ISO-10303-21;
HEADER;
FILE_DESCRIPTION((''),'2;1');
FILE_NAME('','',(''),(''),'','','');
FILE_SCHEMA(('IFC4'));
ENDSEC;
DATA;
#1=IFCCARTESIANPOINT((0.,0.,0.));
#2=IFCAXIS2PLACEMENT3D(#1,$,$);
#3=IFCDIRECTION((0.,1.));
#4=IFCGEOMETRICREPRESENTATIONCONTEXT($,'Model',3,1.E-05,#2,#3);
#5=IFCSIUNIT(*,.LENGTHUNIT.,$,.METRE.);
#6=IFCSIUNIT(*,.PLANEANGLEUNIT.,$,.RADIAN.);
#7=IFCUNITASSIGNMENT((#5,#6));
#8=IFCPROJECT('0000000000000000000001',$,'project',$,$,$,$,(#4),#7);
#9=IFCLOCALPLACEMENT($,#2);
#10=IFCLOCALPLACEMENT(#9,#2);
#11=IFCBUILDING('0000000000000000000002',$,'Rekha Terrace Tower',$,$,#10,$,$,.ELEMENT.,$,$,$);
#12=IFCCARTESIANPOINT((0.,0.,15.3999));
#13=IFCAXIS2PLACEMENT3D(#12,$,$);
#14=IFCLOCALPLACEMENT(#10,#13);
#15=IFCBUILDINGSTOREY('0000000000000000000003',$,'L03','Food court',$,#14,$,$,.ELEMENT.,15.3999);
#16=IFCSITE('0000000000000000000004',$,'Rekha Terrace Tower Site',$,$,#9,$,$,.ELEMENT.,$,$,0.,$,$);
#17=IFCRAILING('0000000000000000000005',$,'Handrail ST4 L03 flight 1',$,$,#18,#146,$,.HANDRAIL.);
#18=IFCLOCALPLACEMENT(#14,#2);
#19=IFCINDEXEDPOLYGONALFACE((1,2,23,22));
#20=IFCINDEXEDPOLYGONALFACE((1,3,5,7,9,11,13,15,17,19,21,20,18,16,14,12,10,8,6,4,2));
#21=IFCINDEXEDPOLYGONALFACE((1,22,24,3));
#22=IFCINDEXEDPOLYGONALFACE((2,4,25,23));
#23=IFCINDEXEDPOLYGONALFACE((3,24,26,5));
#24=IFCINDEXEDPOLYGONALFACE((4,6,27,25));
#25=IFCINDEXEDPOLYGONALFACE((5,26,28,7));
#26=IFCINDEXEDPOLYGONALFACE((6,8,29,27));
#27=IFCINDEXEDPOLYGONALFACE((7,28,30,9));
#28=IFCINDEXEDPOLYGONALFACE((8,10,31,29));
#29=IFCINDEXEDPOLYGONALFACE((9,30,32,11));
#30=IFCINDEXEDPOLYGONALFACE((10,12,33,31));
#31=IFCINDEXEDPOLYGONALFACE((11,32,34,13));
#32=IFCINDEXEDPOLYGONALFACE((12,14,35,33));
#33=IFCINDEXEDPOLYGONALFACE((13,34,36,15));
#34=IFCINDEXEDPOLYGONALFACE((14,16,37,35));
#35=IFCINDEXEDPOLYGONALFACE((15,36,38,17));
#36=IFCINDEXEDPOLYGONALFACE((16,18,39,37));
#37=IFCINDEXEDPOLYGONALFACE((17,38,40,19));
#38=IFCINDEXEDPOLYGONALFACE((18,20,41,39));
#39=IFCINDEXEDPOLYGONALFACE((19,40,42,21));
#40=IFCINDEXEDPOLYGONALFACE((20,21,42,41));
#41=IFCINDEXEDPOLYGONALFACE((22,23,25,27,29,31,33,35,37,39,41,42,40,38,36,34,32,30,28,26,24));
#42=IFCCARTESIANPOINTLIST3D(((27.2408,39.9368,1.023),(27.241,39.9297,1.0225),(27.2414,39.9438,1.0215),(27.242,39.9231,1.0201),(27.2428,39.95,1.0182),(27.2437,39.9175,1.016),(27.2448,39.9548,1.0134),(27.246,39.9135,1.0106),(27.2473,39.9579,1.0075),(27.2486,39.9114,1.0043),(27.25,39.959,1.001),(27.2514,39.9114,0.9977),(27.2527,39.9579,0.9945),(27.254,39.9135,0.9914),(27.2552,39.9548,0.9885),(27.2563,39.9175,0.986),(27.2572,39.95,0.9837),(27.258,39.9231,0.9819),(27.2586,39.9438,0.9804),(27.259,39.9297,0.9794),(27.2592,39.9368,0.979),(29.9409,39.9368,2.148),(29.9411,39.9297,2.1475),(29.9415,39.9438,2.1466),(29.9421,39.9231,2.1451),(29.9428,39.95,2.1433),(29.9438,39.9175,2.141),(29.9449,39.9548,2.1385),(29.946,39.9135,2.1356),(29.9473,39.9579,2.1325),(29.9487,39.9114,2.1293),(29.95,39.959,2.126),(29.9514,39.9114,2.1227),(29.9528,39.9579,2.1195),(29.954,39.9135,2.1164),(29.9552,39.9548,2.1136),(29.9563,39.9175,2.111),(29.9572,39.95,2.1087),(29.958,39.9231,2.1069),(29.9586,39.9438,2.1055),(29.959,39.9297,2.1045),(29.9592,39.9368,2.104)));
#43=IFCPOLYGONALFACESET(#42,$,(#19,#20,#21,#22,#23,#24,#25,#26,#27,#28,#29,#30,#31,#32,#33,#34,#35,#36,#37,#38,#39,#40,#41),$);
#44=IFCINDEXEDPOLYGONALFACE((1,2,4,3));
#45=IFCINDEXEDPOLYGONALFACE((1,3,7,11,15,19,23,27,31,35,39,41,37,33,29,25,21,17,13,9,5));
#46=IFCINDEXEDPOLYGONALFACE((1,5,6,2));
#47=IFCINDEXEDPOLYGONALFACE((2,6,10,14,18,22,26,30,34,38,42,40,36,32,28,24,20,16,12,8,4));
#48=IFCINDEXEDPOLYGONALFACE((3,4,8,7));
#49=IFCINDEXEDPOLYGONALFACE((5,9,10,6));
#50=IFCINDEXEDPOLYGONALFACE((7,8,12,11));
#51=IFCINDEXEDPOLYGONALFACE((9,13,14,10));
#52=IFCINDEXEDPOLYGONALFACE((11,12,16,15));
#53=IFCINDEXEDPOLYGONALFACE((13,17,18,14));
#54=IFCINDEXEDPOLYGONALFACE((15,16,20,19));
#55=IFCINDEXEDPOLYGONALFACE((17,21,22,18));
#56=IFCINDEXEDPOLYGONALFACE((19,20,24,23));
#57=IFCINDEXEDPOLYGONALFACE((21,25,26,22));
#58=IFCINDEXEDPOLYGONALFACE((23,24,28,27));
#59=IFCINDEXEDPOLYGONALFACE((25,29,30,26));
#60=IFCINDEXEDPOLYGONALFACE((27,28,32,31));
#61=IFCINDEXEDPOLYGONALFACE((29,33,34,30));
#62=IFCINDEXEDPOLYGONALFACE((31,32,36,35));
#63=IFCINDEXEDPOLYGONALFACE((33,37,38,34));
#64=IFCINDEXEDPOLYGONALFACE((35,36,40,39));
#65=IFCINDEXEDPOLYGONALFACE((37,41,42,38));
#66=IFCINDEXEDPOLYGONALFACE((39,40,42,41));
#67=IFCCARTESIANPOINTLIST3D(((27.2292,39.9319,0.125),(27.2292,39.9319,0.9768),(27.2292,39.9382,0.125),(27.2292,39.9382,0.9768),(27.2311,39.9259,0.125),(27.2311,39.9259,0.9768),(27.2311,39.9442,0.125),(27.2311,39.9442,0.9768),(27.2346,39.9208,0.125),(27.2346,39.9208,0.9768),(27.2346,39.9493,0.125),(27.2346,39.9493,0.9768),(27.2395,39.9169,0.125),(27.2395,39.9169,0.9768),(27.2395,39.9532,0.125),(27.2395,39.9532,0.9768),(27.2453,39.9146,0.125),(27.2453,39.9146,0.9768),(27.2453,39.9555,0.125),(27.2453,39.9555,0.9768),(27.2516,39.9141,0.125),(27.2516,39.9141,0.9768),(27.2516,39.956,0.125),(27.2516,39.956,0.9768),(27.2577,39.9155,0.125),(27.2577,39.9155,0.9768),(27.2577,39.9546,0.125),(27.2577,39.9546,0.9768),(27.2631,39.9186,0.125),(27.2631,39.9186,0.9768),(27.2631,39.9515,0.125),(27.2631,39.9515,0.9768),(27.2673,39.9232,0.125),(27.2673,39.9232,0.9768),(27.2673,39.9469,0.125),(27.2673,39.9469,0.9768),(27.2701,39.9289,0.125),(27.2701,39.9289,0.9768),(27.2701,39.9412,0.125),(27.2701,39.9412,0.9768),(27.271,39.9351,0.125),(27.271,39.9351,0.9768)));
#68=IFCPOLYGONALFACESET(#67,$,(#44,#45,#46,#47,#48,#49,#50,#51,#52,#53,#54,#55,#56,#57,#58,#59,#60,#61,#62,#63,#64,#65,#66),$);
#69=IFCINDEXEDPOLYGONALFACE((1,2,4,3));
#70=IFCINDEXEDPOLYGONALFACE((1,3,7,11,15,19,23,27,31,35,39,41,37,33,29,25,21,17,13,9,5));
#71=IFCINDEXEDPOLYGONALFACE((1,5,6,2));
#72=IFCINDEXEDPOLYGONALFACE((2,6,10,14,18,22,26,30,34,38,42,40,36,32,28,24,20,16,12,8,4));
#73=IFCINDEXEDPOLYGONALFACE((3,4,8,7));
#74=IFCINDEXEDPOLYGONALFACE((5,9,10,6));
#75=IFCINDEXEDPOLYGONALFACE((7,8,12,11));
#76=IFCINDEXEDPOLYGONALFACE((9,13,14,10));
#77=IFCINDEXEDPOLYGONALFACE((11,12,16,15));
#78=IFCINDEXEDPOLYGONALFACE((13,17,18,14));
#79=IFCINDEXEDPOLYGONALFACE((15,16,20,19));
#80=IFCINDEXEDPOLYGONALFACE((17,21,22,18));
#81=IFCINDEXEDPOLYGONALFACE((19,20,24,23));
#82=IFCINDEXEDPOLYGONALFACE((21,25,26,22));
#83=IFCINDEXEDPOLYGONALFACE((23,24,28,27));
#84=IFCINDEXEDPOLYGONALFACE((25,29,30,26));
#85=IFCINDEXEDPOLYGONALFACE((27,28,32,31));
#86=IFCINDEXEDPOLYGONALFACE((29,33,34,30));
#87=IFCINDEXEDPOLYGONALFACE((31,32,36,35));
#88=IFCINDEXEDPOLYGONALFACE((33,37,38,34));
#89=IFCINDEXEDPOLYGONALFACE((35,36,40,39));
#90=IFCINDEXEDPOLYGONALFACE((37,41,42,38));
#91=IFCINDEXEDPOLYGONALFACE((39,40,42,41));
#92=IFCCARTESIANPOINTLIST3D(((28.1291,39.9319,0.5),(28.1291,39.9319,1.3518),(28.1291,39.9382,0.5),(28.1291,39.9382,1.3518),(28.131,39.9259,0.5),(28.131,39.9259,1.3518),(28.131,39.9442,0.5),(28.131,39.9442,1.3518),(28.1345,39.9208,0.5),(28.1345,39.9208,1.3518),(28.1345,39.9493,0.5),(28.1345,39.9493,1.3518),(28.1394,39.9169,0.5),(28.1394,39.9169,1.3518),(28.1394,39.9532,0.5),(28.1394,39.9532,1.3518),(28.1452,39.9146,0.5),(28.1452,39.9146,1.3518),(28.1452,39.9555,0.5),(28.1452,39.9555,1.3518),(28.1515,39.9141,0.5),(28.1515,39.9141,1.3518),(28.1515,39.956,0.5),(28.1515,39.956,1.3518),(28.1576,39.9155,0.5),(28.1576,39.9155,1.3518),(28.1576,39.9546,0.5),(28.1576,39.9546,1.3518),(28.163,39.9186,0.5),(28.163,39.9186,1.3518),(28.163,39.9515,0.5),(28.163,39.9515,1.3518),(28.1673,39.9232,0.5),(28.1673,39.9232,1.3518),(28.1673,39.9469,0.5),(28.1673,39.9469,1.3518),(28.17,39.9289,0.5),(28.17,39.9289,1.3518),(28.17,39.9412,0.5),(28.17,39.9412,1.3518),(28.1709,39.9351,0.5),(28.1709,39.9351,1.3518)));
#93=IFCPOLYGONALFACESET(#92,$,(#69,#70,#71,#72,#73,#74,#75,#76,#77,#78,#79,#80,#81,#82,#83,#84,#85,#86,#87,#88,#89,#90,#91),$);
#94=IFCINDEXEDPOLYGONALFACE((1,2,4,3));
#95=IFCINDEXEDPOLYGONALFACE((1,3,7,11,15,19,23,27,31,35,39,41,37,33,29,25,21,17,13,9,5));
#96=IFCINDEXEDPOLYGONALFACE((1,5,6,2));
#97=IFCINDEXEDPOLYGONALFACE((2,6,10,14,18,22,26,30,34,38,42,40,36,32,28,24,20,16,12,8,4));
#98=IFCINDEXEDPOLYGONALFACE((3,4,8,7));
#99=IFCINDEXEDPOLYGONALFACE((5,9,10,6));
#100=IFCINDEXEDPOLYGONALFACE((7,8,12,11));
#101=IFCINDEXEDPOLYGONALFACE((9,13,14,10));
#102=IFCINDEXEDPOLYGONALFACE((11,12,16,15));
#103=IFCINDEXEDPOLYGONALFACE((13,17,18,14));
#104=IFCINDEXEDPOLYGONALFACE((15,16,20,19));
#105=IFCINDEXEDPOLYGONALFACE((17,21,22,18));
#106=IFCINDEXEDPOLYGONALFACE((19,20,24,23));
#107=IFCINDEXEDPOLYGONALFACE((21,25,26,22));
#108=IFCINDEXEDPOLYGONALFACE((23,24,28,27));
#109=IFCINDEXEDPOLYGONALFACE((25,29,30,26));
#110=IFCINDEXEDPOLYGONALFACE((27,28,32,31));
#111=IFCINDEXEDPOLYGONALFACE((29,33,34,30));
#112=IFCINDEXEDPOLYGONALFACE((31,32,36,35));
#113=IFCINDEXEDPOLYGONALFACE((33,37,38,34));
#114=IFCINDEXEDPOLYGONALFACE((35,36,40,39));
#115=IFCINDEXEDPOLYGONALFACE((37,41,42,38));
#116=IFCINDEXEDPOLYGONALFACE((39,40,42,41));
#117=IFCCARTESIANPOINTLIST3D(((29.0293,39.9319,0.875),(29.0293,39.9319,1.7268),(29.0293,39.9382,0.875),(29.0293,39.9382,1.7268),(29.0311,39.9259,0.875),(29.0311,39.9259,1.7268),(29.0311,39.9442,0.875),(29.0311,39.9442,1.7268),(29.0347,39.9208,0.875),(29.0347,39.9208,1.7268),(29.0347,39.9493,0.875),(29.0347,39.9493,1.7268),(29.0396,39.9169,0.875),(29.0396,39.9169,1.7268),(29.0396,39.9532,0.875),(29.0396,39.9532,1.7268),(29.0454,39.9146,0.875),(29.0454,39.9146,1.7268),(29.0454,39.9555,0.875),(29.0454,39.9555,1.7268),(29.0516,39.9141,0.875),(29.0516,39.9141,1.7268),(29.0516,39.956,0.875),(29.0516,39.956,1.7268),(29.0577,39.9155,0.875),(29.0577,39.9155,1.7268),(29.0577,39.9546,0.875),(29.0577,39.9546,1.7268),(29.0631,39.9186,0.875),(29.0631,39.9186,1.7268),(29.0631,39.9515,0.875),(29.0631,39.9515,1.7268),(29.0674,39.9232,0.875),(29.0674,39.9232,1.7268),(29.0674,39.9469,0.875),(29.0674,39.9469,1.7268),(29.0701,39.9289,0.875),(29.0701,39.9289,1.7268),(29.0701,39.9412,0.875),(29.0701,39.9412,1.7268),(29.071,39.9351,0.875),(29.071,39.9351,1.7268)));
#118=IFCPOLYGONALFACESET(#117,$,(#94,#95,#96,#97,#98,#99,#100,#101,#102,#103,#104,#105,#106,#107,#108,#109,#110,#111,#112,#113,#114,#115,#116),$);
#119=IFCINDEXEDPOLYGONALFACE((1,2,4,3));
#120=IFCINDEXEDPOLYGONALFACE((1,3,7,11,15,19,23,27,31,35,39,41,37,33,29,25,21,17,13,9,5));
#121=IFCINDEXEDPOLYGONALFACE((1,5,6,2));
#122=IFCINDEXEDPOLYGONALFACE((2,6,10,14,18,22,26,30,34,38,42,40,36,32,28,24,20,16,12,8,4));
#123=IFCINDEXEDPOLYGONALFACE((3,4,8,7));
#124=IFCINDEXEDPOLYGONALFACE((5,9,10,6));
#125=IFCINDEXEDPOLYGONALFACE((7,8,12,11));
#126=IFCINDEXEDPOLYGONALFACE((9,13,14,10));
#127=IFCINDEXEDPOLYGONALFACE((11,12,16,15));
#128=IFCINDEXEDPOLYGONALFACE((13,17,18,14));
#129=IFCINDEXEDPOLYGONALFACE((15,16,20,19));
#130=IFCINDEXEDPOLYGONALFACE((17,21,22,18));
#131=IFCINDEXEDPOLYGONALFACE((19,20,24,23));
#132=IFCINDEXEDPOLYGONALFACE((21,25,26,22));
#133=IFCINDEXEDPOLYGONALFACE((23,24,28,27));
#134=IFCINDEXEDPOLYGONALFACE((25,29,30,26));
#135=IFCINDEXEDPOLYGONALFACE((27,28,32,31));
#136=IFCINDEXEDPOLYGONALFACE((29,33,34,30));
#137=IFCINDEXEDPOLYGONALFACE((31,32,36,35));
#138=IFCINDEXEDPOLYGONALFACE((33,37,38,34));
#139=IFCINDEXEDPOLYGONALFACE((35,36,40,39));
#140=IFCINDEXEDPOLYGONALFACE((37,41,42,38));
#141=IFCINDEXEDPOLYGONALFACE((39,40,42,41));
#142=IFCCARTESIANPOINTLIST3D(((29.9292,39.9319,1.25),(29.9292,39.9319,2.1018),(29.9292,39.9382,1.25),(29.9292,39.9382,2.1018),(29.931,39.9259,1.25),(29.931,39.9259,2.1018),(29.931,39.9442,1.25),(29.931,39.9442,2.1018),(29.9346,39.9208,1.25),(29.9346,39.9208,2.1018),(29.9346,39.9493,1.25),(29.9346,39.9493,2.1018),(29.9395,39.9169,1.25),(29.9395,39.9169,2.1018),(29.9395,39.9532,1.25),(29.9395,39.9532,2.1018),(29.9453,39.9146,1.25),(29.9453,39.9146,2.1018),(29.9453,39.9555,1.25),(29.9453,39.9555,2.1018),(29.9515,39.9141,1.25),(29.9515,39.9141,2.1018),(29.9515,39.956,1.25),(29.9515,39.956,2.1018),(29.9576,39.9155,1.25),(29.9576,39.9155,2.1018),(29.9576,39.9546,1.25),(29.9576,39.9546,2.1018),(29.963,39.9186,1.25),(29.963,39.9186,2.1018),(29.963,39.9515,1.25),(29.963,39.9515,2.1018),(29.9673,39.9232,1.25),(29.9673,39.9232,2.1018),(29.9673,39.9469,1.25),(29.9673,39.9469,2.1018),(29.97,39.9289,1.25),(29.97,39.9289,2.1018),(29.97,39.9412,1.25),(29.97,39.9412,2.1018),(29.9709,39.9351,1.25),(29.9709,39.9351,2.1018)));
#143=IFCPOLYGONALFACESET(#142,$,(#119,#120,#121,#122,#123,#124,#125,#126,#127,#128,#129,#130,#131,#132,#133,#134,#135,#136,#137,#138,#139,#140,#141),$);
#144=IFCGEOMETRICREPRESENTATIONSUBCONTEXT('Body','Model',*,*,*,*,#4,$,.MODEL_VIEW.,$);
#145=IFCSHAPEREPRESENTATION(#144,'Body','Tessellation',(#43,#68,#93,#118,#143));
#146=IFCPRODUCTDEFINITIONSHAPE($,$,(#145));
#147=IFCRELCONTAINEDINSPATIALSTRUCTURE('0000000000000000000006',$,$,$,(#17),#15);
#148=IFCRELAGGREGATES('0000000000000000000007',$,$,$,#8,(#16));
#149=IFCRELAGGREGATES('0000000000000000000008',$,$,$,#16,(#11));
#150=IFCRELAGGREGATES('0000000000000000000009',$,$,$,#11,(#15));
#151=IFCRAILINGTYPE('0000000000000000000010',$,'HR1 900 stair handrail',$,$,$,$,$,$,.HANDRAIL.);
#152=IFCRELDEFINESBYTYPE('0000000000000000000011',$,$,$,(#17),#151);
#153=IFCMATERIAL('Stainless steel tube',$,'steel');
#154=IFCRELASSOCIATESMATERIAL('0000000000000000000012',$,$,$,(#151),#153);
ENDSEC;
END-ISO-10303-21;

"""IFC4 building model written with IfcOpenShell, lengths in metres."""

from ifc_helpers import new_model, si_unit, direction, frame, origin, origin_2d, place, context, subcontext, project, spatial, circle, extrude, material, type_object, element, save


model = new_model("IFC4")

# Units and contexts
model_context = context("Model", 3, precision=1e-05, world=origin(), true_north=direction((0.0, 1.0)))
body_context = subcontext(model_context, "Body", "Model", "MODEL_VIEW")
ifc_project = project(units=[si_unit("LENGTHUNIT", "METRE"), si_unit("PLANEANGLEUNIT", "RADIAN")], contexts=[model_context])

# Site, building, storey
site_placement = place(None, origin())
site = spatial("IfcSite", under=ifc_project, at=site_placement, Name="Rekha Terrace Tower Site", CompositionType="ELEMENT", RefElevation=0.0)
building_placement = place(site_placement, origin())
building = spatial("IfcBuilding", under=site, at=building_placement, Name="Rekha Terrace Tower", CompositionType="ELEMENT")
storey_placement = place(building_placement, frame((0.0, 0.0, 15.3999)))
storey = spatial("IfcBuildingStorey", under=building, at=storey_placement, Name="L03", Description="Food court", CompositionType="ELEMENT", Elevation=15.3999)

# Railing
ifc_material_1 = material(Name="Stainless steel tube", Category="steel")
railing_type_1 = type_object("IfcRailingType", Name="HR1 900 stair handrail", PredefinedType="HANDRAIL", material=ifc_material_1)
for number, where, name in (
    (1, (27.25, 39.9351, 0.125), "Handrail ST4 L03 flight 1"),
):
    element("IfcRailing", number, at=place(storey_placement, frame(where)), inside=storey, type_object=railing_type_1, Name=name, PredefinedType="HANDRAIL", context=body_context, shape_type="SweptSolid", body=[
        extrude(circle(Radius=0.0239, at=origin_2d()), frame((0.0, 0.0, 0.876), z_axis=(0.923074, 0.0, 0.384621), x_axis=(0.0, 1.0, 0.0)), (0.0, 0.0, 1.0), 2.925),
        extrude(circle(Radius=0.021, at=origin_2d()), origin(), (0.0, 0.0, 1.0), 0.8518),
        extrude(circle(Radius=0.021, at=origin_2d()), frame((0.8999, 0.0, 0.375)), (0.0, 0.0, 1.0), 0.8518),
        extrude(circle(Radius=0.021, at=origin_2d()), frame((1.8, 0.0, 0.75)), (0.0, 0.0, 1.0), 0.8518),
        extrude(circle(Radius=0.021, at=origin_2d()), frame((2.7, 0.0, 1.125)), (0.0, 0.0, 1.0), 0.8518),
    ])

save(model, "model.ifc")
